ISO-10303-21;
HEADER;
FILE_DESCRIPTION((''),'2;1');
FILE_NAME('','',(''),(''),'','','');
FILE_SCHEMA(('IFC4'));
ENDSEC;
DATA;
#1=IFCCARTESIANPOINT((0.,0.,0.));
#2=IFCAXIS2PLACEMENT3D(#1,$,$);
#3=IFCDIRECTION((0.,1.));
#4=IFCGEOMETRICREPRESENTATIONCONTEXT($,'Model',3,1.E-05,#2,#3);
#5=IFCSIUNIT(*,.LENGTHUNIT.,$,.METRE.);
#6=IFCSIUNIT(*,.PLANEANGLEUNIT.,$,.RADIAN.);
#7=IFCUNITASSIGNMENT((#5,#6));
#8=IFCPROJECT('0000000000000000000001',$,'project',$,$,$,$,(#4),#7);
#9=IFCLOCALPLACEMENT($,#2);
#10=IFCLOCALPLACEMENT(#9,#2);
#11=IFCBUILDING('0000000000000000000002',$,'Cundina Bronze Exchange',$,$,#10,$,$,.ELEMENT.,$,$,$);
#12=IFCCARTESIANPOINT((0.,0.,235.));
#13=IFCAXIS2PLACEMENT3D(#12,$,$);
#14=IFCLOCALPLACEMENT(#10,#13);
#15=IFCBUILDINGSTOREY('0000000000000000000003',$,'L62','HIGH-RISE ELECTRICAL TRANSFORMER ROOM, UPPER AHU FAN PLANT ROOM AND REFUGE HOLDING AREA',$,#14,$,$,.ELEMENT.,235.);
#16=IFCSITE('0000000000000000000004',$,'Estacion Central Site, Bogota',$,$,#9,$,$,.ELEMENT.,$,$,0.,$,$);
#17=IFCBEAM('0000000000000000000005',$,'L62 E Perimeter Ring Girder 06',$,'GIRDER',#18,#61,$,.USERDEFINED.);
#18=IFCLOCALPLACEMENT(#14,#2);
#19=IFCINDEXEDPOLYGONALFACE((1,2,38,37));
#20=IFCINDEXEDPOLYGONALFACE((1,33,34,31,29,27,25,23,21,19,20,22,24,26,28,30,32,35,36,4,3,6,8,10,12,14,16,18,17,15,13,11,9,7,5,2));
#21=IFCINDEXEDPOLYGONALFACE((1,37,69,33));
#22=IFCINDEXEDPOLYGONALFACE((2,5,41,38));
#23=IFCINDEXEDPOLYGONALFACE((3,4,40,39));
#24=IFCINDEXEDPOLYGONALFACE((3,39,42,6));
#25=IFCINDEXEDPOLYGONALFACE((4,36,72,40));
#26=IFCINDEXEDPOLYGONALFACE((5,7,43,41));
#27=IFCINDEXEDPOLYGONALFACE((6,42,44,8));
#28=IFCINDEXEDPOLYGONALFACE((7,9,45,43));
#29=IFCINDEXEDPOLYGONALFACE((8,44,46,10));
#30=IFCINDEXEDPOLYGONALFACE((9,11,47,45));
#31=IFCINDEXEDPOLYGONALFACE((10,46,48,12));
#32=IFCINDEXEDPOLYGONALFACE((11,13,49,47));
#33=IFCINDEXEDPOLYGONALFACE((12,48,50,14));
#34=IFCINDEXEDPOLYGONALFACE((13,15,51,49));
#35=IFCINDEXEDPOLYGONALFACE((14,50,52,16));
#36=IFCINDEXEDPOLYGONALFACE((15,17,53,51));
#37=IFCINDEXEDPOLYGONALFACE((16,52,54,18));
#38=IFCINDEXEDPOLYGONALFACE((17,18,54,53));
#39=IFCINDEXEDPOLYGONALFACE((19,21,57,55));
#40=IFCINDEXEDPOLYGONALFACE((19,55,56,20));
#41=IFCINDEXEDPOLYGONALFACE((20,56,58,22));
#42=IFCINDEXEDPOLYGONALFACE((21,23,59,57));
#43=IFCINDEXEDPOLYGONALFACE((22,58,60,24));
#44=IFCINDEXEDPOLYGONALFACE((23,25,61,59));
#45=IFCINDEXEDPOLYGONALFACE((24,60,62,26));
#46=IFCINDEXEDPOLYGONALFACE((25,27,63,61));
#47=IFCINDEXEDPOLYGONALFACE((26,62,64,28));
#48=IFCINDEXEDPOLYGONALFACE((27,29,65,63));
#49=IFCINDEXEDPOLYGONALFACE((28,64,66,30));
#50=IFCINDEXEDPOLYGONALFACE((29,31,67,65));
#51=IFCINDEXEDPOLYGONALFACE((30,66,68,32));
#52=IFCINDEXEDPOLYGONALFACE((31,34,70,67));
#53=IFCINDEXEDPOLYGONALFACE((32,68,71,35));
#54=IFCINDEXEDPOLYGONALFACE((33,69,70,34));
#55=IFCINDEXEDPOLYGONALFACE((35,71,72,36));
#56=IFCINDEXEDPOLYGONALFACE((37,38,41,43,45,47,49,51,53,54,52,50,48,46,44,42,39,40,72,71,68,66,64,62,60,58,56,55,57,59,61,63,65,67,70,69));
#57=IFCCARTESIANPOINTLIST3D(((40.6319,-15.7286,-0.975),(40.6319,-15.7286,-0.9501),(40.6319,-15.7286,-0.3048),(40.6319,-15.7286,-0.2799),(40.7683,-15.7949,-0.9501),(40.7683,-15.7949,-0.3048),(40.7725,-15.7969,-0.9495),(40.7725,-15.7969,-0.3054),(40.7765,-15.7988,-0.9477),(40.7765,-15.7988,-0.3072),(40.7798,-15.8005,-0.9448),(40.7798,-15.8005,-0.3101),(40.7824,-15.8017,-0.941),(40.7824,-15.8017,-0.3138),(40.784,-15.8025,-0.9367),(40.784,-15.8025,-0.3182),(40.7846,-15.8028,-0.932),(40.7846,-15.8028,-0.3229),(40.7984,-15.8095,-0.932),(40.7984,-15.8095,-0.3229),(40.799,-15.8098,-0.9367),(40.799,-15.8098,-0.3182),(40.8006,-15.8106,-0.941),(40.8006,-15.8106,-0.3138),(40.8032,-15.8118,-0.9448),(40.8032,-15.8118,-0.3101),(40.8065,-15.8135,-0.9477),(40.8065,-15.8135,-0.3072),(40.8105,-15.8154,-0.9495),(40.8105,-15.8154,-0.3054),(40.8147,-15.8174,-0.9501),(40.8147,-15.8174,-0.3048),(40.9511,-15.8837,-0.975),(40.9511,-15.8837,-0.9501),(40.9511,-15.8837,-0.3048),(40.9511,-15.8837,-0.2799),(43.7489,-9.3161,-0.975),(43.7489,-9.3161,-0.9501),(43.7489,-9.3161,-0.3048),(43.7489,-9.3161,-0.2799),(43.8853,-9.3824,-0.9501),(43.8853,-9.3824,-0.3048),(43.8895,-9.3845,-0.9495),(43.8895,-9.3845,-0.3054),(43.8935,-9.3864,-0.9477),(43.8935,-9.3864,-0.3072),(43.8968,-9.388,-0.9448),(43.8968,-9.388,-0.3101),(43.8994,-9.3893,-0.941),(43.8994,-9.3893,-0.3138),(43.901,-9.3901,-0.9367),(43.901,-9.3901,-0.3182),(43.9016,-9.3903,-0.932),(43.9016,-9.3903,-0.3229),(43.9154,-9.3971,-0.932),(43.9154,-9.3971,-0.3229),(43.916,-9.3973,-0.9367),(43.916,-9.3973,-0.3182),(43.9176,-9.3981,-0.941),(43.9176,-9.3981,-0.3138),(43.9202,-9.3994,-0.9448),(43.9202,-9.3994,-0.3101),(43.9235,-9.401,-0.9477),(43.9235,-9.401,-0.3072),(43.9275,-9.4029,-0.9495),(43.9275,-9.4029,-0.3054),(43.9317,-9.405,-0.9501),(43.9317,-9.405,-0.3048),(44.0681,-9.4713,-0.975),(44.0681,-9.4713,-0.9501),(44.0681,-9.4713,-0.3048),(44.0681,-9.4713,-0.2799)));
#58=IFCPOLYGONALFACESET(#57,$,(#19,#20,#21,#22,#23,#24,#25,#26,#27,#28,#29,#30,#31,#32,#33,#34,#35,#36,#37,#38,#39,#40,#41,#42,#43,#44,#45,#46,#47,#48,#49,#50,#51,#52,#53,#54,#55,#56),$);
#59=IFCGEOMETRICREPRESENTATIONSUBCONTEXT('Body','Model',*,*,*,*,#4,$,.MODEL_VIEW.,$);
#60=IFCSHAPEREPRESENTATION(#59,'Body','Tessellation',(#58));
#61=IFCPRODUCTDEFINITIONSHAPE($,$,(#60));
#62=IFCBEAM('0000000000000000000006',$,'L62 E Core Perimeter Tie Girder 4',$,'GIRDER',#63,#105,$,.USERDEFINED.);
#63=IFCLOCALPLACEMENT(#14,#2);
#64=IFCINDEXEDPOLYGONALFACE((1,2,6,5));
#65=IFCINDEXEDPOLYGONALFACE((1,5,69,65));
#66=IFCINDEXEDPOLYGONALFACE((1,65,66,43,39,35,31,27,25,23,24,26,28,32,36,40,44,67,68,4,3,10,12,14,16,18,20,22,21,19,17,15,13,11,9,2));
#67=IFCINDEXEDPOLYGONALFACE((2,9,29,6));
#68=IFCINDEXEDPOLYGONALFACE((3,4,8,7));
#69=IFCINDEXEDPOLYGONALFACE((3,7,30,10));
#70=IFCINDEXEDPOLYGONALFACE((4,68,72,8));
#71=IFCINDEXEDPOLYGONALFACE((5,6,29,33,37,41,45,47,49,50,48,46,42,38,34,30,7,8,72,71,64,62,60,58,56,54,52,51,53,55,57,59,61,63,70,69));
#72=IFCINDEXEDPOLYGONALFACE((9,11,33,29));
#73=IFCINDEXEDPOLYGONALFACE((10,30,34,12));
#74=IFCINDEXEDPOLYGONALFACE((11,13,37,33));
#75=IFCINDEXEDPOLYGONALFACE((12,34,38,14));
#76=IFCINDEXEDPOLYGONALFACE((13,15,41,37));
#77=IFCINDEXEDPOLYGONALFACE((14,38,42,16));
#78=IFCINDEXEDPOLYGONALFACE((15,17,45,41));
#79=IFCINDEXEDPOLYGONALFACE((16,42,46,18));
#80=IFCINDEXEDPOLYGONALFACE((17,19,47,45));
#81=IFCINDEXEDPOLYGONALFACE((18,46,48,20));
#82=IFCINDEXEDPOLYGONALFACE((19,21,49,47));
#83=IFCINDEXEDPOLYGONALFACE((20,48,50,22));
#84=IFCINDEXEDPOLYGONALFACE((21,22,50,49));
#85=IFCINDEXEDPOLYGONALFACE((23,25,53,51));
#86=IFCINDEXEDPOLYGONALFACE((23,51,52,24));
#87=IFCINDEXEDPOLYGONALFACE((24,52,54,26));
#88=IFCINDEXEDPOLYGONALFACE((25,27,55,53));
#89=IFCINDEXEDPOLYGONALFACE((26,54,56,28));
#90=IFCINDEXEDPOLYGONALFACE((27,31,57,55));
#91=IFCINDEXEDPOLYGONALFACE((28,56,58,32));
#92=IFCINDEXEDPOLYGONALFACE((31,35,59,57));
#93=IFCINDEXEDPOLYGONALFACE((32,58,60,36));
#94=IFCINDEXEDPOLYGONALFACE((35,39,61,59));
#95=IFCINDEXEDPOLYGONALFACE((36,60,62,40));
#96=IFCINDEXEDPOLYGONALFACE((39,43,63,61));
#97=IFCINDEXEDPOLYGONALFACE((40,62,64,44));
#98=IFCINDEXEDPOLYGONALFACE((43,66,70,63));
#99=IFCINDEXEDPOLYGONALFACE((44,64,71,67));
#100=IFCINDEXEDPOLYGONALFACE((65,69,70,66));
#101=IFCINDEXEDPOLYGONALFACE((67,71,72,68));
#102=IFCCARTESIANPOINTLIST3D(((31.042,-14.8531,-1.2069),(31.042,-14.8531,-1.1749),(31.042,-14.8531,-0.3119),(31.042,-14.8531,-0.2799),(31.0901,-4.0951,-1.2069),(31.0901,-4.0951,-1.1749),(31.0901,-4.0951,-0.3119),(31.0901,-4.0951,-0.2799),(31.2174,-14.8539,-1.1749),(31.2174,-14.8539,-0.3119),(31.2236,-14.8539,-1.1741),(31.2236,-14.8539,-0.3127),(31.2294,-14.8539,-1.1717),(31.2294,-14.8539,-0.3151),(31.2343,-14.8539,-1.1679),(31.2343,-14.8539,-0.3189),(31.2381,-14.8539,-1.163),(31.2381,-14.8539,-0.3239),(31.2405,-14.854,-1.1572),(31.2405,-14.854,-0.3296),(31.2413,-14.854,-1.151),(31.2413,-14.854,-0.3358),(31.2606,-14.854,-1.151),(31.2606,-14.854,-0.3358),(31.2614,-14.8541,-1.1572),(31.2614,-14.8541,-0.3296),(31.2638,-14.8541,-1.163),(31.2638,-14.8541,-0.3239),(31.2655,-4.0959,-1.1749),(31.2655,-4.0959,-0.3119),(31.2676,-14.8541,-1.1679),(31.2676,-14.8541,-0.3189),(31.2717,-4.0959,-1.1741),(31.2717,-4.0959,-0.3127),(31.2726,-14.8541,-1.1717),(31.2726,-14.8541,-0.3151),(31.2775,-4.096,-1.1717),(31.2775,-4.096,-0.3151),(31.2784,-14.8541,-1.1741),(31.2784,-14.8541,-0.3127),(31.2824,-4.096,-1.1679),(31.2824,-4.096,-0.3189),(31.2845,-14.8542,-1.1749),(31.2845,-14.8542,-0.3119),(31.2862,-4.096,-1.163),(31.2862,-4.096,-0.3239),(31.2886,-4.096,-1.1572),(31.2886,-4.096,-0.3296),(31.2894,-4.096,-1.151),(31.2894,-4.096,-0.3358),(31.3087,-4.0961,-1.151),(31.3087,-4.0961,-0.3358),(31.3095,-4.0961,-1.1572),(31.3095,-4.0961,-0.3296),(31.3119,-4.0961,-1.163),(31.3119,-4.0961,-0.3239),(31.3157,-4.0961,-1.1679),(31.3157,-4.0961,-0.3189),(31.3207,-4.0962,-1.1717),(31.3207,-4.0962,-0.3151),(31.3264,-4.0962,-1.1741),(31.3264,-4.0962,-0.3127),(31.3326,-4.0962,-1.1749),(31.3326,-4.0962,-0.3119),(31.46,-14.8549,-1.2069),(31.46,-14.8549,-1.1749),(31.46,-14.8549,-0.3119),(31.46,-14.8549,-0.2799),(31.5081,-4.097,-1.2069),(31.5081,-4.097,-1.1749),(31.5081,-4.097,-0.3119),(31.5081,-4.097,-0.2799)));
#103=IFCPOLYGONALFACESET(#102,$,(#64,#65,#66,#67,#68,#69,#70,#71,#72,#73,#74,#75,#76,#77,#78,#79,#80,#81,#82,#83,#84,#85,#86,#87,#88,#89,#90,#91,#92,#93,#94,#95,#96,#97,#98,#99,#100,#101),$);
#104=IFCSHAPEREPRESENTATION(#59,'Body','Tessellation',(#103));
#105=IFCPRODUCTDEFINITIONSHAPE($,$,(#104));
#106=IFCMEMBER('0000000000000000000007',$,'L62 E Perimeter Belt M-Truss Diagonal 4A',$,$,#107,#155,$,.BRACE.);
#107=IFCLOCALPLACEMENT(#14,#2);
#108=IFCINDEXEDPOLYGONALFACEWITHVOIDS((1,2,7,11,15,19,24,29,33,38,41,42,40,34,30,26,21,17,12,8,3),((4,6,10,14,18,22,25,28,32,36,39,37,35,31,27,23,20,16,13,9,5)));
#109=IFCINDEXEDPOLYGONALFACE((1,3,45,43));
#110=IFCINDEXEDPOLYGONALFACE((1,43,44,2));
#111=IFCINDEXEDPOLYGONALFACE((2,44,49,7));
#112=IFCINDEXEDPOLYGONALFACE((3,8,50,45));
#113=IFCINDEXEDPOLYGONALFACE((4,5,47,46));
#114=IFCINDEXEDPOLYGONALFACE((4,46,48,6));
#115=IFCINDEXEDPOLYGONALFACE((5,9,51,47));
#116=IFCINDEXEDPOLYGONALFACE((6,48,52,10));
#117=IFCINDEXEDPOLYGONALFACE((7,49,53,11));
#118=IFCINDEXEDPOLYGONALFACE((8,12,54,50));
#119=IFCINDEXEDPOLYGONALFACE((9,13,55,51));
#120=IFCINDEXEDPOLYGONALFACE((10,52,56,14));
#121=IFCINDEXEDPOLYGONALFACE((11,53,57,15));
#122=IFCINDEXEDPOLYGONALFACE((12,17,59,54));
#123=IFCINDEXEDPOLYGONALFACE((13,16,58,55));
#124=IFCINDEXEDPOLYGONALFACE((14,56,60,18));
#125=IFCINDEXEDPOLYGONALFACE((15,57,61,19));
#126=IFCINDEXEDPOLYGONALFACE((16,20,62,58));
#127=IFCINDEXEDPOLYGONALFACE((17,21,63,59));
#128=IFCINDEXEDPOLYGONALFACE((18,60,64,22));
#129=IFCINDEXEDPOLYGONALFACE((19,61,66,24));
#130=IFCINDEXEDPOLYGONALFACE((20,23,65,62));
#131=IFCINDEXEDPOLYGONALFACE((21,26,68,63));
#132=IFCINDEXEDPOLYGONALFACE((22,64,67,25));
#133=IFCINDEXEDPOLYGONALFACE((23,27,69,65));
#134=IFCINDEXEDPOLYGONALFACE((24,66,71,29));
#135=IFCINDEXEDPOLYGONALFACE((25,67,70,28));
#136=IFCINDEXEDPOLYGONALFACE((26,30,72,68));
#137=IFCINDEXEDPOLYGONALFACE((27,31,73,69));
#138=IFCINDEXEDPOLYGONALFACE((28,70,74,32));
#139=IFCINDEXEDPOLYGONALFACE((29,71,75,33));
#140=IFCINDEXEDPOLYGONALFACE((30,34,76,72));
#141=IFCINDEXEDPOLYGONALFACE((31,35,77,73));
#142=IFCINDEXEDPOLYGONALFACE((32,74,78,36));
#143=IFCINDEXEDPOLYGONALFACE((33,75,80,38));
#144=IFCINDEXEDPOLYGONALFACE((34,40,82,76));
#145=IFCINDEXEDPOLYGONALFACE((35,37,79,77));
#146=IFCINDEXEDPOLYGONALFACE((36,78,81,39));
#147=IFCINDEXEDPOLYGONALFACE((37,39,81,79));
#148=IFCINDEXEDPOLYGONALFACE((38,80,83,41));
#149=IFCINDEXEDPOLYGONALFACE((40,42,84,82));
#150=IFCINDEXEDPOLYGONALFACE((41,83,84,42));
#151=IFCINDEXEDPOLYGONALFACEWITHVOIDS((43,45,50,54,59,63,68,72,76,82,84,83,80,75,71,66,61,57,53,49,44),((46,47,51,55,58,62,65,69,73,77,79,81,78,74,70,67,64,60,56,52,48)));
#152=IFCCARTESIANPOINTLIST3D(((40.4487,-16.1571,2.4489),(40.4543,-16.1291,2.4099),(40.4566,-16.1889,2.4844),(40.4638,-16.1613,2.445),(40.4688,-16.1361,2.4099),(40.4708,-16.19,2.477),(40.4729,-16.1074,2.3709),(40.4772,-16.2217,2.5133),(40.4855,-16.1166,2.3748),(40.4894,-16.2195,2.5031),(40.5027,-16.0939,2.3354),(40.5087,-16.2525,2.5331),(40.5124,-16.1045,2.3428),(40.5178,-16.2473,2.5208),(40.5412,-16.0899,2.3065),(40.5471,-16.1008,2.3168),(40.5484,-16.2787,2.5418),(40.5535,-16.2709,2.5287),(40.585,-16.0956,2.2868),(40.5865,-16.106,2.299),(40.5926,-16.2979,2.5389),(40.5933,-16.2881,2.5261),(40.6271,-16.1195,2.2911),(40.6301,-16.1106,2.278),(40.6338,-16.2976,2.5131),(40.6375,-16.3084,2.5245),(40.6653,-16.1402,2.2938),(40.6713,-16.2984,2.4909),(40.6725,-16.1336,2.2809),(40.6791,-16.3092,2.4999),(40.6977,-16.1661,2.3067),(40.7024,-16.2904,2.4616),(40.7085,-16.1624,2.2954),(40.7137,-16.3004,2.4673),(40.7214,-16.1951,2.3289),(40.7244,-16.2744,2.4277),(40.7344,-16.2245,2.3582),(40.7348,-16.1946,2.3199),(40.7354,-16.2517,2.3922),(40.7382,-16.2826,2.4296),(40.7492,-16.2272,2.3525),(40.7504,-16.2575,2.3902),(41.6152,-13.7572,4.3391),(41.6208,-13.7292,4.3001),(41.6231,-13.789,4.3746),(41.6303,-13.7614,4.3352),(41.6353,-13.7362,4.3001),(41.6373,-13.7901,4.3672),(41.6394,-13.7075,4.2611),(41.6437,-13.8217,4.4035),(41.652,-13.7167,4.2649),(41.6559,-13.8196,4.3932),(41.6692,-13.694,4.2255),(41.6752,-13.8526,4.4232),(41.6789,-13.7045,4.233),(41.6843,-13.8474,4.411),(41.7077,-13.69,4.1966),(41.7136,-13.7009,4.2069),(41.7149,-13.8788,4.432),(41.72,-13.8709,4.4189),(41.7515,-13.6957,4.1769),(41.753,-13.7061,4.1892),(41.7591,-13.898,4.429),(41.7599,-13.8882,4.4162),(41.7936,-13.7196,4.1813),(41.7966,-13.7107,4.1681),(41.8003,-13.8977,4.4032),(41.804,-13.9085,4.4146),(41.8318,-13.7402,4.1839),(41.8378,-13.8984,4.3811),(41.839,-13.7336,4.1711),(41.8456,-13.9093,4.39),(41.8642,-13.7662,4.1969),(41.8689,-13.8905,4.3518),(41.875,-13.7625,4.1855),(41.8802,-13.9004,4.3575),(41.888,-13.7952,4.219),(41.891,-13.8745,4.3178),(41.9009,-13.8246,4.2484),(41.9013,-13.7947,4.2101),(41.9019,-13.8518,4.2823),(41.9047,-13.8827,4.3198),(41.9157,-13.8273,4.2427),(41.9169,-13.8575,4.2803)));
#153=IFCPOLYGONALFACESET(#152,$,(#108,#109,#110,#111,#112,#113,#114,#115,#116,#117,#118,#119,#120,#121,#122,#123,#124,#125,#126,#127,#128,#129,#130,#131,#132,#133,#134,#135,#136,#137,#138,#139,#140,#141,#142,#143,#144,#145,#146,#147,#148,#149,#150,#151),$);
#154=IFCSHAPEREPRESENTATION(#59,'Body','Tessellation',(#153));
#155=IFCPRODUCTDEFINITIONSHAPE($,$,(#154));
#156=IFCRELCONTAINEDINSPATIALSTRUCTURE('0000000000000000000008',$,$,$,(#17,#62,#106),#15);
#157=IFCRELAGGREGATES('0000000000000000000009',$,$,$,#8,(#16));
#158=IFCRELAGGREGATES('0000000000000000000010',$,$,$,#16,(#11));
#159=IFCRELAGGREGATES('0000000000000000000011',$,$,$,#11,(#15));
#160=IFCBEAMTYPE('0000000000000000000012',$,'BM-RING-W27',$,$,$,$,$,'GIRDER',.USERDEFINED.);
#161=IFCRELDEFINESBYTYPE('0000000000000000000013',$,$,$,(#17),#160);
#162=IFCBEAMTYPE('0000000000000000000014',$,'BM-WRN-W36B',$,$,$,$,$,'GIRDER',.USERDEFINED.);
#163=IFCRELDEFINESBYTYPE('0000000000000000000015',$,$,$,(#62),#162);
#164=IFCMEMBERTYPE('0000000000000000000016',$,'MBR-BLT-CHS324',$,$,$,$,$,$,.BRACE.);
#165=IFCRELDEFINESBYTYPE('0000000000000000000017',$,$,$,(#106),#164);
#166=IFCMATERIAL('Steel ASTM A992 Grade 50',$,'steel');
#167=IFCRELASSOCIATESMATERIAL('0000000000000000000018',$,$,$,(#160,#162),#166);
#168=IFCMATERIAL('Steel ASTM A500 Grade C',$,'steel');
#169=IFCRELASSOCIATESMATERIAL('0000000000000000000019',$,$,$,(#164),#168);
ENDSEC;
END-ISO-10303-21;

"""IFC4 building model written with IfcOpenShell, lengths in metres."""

from ifc_helpers import new_model, si_unit, direction, frame, origin, origin_2d, place, context, subcontext, project, spatial, hollow_circle, i_section, extrude, material, material_profile, profile_set, type_object, element, save


model = new_model("IFC4")

# Units and contexts
model_context = context("Model", 3, precision=1e-05, world=origin(), true_north=direction((0.0, 1.0)))
body_context = subcontext(model_context, "Body", "Model", "MODEL_VIEW")
ifc_project = project(units=[si_unit("LENGTHUNIT", "METRE"), si_unit("PLANEANGLEUNIT", "RADIAN")], contexts=[model_context])

# Site, building, storey
site_placement = place(None, origin())
site = spatial("IfcSite", under=ifc_project, at=site_placement, Name="Estacion Central Site, Bogota", CompositionType="ELEMENT", RefElevation=0.0)
building_placement = place(site_placement, origin())
building = spatial("IfcBuilding", under=site, at=building_placement, Name="Cundina Bronze Exchange", CompositionType="ELEMENT")
storey_placement = place(building_placement, frame((0.0, 0.0, 235.0)))
storey = spatial("IfcBuildingStorey", under=building, at=storey_placement, Name="L62", Description="HIGH-RISE ELECTRICAL TRANSFORMER ROOM, UPPER AHU FAN PLANT ROOM AND REFUGE HOLDING AREA", CompositionType="ELEMENT", Elevation=235.0)

# Shared definitions
ifc_material_1 = material(Name="Steel ASTM A992 Grade 50", Category="steel")

# Beams
ifc_material_profile_1 = material_profile(ifc_material_1, i_section(OverallWidth=0.355, OverallDepth=0.6951, WebThickness=0.0154, FlangeThickness=0.0249, FilletRadius=0.0181, at=origin_2d()), Name="W27X146", Category="steel")
ifc_profile_set_1 = profile_set([ifc_material_profile_1], Name="Steel ASTM A992 Grade 50")
beam_type_1 = type_object("IfcBeamType", Name="BM-RING-W27", ElementType="GIRDER", PredefinedType="USERDEFINED", material=ifc_profile_set_1)
beam_1_placement = place(storey_placement, frame((40.7915, -15.8062, -0.6274), z_axis=(0.437173, 0.899377, 0.0), x_axis=(-0.899377, 0.437173, 0.0)))
element("IfcBeam", 1, at=beam_1_placement, inside=storey, type_object=beam_type_1, Name="L62 E Perimeter Ring Girder 06", ObjectType="GIRDER", PredefinedType="USERDEFINED", context=body_context, shape_type="SweptSolid", body=[
    extrude(i_section(OverallWidth=0.355, OverallDepth=0.6951, WebThickness=0.0154, FlangeThickness=0.0249, FilletRadius=0.0181, at=origin_2d()), origin(), (0.0, 0.0, 1.0), 7.1299),
])
ifc_material_profile_2 = material_profile(ifc_material_1, i_section(OverallWidth=0.418, OverallDepth=0.927, WebThickness=0.0193, FlangeThickness=0.032, FilletRadius=0.0239, at=origin_2d()), Name="W36X231", Category="steel")
ifc_profile_set_2 = profile_set([ifc_material_profile_2], Name="Steel ASTM A992 Grade 50")
beam_type_2 = type_object("IfcBeamType", Name="BM-WRN-W36B", ElementType="GIRDER", PredefinedType="USERDEFINED", material=ifc_profile_set_2)
beam_2_placement = place(storey_placement, frame((31.251, -14.854, -0.7434), z_axis=(0.004471, 0.99999, 0.0), x_axis=(-0.99999, 0.004471, 0.0)))
element("IfcBeam", 2, at=beam_2_placement, inside=storey, type_object=beam_type_2, Name="L62 E Core Perimeter Tie Girder 4", ObjectType="GIRDER", PredefinedType="USERDEFINED", context=body_context, shape_type="SweptSolid", body=[
    extrude(i_section(OverallWidth=0.418, OverallDepth=0.927, WebThickness=0.0193, FlangeThickness=0.032, FilletRadius=0.0239, at=origin_2d()), origin(), (0.0, 0.0, 1.0), 10.7581),
])

# Member
ifc_material_2 = material(Name="Steel ASTM A500 Grade C", Category="steel")
ifc_material_profile_3 = material_profile(ifc_material_2, hollow_circle(Radius=0.1621, WallThickness=0.0161, at=origin_2d()), Name="CHS324X16", Category="steel")
ifc_profile_set_3 = profile_set([ifc_material_profile_3], Name="Steel ASTM A500 Grade C")
member_type_1 = type_object("IfcMemberType", Name="MBR-BLT-CHS324", PredefinedType="BRACE", material=ifc_profile_set_3)
member_1_placement = place(storey_placement, frame((40.6001, -16.2, 2.4099), z_axis=(0.356729, 0.733916, 0.578024), x_axis=(-0.899385, 0.437158, 0.0)))
element("IfcMember", 3, at=member_1_placement, inside=storey, type_object=member_type_1, Name="L62 E Perimeter Belt M-Truss Diagonal 4A", PredefinedType="BRACE", context=body_context, shape_type="SweptSolid", body=[
    extrude(hollow_circle(Radius=0.1621, WallThickness=0.0161, at=origin_2d()), origin(), (0.0, 0.0, 1.0), 3.27),
])

save(model, "model.ifc")
